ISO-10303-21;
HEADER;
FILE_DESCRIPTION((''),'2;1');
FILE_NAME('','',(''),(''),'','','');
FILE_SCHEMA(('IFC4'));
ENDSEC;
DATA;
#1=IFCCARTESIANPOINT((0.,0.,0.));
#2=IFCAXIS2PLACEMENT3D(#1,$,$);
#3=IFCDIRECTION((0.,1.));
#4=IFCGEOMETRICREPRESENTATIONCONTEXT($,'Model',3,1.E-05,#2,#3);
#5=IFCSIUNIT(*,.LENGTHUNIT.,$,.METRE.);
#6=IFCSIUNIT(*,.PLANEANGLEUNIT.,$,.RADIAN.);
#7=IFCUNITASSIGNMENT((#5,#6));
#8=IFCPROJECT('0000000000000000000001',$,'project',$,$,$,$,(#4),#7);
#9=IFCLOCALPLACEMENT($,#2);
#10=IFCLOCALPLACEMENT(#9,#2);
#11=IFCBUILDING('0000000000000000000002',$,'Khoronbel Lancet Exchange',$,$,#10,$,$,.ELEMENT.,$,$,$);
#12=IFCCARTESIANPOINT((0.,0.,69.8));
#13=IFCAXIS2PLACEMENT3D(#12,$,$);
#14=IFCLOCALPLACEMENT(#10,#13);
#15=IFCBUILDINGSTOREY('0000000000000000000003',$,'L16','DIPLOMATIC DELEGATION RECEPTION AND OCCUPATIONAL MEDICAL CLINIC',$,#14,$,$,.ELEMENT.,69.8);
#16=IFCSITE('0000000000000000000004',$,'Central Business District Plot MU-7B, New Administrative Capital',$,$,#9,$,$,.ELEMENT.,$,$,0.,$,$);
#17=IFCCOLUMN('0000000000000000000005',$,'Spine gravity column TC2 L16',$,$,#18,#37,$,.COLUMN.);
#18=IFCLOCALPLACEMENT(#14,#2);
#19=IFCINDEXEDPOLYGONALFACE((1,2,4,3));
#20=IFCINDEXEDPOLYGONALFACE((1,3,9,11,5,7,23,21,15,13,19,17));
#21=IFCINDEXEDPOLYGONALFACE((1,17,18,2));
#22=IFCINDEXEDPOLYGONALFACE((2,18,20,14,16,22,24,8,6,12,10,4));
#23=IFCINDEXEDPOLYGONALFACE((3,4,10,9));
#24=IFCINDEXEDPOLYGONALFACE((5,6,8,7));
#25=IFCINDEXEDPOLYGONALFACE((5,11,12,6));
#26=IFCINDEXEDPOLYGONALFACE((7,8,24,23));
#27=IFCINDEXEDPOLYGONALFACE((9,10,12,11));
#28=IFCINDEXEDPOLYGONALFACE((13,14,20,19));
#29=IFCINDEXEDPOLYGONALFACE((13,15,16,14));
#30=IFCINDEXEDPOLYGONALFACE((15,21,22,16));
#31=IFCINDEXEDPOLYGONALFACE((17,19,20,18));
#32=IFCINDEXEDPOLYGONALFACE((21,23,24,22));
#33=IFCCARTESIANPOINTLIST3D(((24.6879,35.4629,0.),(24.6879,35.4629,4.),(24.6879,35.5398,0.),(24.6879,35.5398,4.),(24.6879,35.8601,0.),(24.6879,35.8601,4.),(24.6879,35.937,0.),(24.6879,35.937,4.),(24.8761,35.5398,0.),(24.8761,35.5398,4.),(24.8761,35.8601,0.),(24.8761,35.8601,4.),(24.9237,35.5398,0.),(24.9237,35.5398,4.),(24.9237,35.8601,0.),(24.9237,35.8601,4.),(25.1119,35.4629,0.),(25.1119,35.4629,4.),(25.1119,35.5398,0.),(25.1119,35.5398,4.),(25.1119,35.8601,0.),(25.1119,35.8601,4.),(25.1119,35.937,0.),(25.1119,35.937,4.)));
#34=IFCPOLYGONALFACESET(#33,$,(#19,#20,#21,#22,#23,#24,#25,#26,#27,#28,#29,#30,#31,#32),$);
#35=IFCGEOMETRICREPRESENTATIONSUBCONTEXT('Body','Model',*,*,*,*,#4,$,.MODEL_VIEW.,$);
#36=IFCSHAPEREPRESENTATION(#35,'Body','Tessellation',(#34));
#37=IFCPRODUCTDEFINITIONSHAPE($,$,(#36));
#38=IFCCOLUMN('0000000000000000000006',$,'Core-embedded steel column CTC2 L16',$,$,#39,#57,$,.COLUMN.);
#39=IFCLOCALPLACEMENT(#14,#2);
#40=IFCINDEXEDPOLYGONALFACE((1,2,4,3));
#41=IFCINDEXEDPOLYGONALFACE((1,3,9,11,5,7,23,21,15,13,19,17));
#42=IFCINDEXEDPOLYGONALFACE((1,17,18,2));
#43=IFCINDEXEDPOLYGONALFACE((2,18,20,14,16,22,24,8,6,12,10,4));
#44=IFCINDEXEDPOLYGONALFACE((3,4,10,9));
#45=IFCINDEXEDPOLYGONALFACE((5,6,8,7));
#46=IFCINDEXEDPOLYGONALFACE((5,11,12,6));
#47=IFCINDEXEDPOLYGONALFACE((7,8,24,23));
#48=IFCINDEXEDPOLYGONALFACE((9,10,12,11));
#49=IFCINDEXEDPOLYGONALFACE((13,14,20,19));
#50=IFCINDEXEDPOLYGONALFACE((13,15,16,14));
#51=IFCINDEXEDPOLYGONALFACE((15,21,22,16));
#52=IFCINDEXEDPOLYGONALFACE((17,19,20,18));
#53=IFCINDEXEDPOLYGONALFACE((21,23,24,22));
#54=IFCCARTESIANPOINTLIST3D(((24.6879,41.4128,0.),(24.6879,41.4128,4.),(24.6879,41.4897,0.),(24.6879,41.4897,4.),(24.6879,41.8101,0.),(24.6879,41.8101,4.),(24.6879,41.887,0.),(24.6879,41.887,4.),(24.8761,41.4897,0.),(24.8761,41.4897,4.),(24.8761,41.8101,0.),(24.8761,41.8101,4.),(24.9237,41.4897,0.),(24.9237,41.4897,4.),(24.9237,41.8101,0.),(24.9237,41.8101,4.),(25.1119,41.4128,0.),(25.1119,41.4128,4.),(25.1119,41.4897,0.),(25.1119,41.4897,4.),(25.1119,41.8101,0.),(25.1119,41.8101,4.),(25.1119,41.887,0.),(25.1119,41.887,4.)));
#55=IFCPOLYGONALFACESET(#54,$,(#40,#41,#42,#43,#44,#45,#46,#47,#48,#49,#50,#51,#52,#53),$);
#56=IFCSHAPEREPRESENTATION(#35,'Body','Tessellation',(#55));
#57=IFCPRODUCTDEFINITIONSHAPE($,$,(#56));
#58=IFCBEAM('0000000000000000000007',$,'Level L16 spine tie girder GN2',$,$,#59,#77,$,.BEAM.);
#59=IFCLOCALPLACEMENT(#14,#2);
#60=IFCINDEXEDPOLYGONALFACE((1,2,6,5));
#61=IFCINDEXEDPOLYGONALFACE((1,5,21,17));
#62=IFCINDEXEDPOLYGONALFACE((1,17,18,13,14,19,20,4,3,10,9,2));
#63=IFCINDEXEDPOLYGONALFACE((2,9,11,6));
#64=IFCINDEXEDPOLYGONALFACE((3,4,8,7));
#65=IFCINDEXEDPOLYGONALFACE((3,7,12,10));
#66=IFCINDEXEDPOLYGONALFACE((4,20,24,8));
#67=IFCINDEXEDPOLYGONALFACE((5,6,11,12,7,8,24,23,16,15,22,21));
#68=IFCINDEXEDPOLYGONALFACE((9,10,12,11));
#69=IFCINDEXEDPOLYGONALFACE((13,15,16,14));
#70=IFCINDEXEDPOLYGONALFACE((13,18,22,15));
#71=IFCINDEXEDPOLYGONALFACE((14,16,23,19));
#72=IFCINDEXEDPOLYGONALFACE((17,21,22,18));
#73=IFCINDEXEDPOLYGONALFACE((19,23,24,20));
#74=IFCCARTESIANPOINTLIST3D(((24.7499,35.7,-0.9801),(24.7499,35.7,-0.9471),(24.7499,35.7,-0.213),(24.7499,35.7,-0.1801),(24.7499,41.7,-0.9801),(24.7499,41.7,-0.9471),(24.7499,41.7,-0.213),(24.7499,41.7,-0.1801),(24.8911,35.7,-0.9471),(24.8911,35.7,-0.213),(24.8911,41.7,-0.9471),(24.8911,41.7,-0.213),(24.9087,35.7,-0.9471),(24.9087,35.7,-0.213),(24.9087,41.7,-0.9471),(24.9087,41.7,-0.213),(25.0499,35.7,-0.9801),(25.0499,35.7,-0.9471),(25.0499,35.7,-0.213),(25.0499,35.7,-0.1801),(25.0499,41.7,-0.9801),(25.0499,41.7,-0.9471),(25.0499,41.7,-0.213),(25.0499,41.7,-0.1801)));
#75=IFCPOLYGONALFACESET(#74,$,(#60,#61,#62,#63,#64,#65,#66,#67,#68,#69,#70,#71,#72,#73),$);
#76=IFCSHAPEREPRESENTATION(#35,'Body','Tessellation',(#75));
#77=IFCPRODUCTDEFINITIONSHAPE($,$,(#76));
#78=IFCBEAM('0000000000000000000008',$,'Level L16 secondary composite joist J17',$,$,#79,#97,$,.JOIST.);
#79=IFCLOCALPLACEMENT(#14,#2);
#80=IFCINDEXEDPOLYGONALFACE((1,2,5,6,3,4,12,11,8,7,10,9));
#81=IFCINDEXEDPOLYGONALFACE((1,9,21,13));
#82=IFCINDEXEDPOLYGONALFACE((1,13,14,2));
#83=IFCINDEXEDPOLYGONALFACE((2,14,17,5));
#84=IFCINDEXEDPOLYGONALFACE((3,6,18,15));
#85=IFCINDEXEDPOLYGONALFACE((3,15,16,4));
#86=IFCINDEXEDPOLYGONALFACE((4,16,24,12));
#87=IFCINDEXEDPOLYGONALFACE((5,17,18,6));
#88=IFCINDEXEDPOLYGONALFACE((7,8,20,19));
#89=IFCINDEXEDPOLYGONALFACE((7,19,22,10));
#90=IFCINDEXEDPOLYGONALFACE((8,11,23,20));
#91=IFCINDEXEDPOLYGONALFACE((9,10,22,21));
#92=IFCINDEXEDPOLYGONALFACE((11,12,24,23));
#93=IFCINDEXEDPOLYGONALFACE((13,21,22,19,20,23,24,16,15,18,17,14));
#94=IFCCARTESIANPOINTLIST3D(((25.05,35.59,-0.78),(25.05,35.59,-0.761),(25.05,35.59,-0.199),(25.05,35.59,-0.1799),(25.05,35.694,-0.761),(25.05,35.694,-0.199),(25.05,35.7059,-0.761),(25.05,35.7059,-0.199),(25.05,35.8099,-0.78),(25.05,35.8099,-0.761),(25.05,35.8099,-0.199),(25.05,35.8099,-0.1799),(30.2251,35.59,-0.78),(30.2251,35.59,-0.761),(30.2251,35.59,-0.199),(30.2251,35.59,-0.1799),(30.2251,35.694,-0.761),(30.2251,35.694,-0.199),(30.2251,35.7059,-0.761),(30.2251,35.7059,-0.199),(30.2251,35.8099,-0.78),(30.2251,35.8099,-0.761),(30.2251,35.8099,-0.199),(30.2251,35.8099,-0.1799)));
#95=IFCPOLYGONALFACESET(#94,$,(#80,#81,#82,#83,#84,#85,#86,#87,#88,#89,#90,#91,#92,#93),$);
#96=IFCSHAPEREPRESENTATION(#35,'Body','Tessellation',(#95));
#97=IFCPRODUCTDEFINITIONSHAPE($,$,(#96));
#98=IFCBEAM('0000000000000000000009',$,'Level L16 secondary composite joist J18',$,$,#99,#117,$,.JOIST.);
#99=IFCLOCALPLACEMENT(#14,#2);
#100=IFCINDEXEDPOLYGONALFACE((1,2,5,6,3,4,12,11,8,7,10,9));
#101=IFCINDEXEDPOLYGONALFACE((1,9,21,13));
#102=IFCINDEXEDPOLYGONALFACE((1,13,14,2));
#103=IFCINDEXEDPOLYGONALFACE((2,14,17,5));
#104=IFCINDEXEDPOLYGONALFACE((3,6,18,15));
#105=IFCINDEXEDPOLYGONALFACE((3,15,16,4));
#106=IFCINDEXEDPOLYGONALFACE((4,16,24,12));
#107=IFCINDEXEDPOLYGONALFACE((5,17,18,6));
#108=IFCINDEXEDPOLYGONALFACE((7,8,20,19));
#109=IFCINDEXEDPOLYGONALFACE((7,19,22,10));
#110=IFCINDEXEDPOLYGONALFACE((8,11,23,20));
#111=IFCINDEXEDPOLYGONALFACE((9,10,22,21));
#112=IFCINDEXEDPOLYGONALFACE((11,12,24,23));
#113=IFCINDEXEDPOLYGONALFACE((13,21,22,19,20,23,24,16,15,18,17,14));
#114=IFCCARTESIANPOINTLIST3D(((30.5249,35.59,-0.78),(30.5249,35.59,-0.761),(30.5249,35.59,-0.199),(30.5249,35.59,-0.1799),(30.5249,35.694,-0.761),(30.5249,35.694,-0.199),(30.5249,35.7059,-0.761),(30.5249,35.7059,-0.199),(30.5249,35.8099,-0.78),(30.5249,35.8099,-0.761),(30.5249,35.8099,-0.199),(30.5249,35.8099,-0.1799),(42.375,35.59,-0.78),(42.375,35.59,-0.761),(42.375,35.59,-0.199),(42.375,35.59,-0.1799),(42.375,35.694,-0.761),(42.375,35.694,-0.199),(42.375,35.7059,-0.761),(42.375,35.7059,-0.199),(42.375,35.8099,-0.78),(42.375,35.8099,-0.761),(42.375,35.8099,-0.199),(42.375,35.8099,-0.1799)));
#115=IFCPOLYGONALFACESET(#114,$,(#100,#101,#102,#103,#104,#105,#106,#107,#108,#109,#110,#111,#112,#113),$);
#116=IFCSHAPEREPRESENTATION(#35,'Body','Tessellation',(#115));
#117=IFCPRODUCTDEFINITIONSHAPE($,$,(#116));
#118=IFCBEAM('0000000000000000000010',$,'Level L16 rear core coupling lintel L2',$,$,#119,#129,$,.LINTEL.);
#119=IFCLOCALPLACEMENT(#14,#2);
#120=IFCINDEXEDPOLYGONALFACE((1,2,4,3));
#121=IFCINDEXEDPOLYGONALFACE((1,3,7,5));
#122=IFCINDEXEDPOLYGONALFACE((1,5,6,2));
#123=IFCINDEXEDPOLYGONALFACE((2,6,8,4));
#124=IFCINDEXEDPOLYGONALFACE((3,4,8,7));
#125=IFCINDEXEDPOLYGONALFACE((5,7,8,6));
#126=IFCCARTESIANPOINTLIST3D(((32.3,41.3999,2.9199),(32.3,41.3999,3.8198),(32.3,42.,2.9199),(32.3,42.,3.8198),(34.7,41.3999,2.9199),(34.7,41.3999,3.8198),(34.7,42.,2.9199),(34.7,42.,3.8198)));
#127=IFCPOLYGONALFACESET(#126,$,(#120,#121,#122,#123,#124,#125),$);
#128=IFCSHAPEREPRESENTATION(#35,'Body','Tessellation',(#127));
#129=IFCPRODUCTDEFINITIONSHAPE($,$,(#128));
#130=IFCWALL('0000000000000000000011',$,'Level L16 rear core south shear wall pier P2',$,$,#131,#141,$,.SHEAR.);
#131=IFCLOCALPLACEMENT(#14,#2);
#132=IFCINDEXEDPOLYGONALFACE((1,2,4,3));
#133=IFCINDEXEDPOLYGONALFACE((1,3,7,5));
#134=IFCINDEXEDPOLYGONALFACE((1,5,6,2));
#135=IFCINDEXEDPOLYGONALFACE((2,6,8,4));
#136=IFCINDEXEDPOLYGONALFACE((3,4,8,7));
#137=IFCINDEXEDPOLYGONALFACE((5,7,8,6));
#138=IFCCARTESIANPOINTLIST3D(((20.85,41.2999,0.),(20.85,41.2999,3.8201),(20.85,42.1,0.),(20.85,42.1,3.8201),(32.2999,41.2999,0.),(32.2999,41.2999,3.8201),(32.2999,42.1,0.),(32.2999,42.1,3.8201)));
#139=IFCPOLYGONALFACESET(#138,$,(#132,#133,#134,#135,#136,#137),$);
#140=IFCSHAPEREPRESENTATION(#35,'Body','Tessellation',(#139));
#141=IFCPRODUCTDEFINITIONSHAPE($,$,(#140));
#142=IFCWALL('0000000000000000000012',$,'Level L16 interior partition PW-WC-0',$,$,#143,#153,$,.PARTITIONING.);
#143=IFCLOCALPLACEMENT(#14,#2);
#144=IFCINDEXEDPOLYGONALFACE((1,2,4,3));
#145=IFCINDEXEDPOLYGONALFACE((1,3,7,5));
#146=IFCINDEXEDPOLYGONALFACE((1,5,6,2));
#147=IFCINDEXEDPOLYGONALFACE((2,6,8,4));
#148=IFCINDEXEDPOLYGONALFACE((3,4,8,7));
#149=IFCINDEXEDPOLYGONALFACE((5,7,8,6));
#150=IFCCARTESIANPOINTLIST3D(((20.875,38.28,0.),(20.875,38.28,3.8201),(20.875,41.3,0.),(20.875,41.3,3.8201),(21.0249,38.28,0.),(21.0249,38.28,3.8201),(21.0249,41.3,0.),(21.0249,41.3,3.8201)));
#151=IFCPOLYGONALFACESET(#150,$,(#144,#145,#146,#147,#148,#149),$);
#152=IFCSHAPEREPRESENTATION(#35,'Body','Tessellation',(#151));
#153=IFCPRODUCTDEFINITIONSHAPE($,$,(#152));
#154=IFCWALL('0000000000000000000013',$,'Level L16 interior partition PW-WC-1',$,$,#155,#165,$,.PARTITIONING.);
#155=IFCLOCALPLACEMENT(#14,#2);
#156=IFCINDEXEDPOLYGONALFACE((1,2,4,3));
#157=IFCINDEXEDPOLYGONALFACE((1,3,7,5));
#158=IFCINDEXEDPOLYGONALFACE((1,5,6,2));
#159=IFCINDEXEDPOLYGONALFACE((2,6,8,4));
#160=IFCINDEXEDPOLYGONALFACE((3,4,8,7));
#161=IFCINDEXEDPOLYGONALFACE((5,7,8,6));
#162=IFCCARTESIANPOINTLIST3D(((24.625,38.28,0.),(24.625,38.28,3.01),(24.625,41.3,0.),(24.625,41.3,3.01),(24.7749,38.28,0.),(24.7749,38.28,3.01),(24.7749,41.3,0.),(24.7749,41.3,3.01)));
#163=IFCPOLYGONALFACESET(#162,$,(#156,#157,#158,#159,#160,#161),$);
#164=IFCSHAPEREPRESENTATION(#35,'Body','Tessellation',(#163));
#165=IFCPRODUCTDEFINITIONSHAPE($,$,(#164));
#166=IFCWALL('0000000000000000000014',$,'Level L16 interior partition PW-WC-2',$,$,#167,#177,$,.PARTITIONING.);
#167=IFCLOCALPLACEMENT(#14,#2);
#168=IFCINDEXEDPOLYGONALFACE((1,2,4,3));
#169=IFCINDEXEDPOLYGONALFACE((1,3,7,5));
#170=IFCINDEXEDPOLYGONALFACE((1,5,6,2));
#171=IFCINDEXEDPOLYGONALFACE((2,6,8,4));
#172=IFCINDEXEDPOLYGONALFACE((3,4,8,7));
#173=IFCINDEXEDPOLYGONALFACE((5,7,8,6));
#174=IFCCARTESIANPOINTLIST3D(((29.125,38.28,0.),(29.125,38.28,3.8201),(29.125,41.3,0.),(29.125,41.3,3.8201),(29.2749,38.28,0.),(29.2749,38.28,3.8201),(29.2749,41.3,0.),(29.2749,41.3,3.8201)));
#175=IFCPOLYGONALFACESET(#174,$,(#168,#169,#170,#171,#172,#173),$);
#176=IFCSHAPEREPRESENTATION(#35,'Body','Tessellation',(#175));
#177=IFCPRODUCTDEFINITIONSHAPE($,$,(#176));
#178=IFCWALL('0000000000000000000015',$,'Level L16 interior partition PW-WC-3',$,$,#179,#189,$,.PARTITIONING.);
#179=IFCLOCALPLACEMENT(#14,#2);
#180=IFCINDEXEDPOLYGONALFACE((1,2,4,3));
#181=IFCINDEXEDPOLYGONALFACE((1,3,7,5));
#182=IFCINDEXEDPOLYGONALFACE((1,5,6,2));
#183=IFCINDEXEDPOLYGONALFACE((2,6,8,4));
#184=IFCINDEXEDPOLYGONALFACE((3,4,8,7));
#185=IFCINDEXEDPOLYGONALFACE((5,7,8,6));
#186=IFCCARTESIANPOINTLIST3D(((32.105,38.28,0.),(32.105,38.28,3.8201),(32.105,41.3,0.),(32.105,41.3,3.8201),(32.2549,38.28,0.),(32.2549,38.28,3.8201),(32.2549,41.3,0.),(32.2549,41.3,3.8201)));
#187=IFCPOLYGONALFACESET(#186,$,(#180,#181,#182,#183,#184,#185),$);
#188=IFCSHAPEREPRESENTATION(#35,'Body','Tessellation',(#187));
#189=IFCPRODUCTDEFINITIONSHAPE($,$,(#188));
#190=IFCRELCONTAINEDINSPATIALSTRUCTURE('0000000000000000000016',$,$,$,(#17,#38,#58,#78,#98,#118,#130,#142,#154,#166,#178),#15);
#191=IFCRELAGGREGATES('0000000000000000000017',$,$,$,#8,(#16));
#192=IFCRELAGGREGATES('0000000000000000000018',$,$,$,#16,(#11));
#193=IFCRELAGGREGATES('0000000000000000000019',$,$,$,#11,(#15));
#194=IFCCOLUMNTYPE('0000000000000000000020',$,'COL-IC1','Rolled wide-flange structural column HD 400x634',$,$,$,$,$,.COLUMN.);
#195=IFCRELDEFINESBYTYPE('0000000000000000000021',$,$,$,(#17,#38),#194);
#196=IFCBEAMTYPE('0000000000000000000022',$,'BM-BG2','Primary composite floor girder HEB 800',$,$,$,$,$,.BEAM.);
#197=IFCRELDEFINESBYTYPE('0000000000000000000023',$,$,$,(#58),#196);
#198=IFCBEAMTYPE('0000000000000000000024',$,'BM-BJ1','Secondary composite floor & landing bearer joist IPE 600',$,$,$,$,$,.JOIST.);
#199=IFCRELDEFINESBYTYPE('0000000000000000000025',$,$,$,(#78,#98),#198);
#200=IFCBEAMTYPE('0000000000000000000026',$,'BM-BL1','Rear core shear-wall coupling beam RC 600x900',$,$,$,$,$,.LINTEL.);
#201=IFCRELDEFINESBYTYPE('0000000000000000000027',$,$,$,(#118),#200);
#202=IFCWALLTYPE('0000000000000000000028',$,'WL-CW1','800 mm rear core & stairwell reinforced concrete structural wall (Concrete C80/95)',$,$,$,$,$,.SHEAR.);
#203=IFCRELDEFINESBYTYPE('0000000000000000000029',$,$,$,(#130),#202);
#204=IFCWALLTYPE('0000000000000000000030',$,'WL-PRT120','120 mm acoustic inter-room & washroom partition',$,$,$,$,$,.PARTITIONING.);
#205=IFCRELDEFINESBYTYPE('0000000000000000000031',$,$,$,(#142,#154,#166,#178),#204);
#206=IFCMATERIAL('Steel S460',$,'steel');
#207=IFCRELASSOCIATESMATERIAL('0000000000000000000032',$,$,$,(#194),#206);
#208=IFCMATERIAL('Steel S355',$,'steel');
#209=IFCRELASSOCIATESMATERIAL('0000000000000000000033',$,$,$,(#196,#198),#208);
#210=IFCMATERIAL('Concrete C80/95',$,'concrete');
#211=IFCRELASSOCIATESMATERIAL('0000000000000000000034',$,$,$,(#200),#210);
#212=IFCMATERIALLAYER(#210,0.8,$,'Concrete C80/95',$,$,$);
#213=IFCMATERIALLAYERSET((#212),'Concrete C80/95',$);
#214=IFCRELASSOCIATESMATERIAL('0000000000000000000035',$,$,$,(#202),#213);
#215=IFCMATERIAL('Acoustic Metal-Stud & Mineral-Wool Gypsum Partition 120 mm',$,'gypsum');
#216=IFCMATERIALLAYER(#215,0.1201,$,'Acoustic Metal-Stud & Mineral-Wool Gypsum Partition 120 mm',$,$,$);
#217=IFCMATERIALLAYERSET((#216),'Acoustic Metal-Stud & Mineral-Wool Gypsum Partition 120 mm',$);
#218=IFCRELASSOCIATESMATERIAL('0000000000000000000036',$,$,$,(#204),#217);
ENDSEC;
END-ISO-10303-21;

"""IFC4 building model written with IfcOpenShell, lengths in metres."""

from ifc_helpers import new_model, si_unit, direction, frame, frame_2d, origin, origin_2d, place, context, subcontext, project, spatial, rectangle, i_section, extrude, material, layer, layer_set, material_profile, profile_set, type_object, element, save


model = new_model("IFC4")

# Units and contexts
model_context = context("Model", 3, precision=1e-05, world=origin(), true_north=direction((0.0, 1.0)))
body_context = subcontext(model_context, "Body", "Model", "MODEL_VIEW")
ifc_project = project(units=[si_unit("LENGTHUNIT", "METRE"), si_unit("PLANEANGLEUNIT", "RADIAN")], contexts=[model_context])

# Site, building, storey
site_placement = place(None, origin())
site = spatial("IfcSite", under=ifc_project, at=site_placement, Name="Central Business District Plot MU-7B, New Administrative Capital", CompositionType="ELEMENT", RefElevation=0.0)
building_placement = place(site_placement, origin())
building = spatial("IfcBuilding", under=site, at=building_placement, Name="Khoronbel Lancet Exchange", CompositionType="ELEMENT")
storey_placement = place(building_placement, frame((0.0, 0.0, 69.8)))
storey = spatial("IfcBuildingStorey", under=building, at=storey_placement, Name="L16", Description="DIPLOMATIC DELEGATION RECEPTION AND OCCUPATIONAL MEDICAL CLINIC", CompositionType="ELEMENT", Elevation=69.8)

# Columns
ifc_material_1 = material(Name="Steel S460", Category="steel")
ifc_material_profile_1 = material_profile(ifc_material_1, i_section(OverallWidth=0.4241, OverallDepth=0.4741, WebThickness=0.0476, FlangeThickness=0.0769, at=origin_2d()), Name="HD 400x634")
ifc_profile_set_1 = profile_set([ifc_material_profile_1], Name="Steel S460")
column_type = type_object("IfcColumnType", Name="COL-IC1", Description="Rolled wide-flange structural column HD 400x634", PredefinedType="COLUMN", material=ifc_profile_set_1)
for number, where, z_axis, x_axis, name in (
    (1, (24.8999, 35.7, 0.0), (0.0, 0.0, 1.0), (1.0, 0.0, 0.0), "Spine gravity column TC2 L16"),
    (2, (24.8999, 41.6499, 0.0), (0.0, 0.0, 1.0), (1.0, 0.0, 0.0), "Core-embedded steel column CTC2 L16"),
):
    element("IfcColumn", number, at=place(storey_placement, frame(where, z_axis=z_axis, x_axis=x_axis)), inside=storey, type_object=column_type, Name=name, PredefinedType="COLUMN", context=body_context, shape_type="SweptSolid", body=[
        extrude(i_section(OverallWidth=0.4241, OverallDepth=0.4741, WebThickness=0.0476, FlangeThickness=0.0769, at=origin_2d()), origin(), (0.0, 0.0, 1.0), 4.0),
    ])

# Beams
ifc_material_2 = material(Name="Steel S355", Category="steel")
ifc_material_profile_2 = material_profile(ifc_material_2, i_section(OverallWidth=0.3, OverallDepth=0.8, WebThickness=0.0176, FlangeThickness=0.033, at=origin_2d()), Name="HEB 800")
ifc_profile_set_2 = profile_set([ifc_material_profile_2], Name="Steel S355")
beam_type_1 = type_object("IfcBeamType", Name="BM-BG2", Description="Primary composite floor girder HEB 800", PredefinedType="BEAM", material=ifc_profile_set_2)
beam_1_placement = place(storey_placement, frame((24.8999, 35.7, -0.5801), z_axis=(0.0, 1.0, 0.0), x_axis=(-1.0, 0.0, 0.0)))
element("IfcBeam", 3, at=beam_1_placement, inside=storey, type_object=beam_type_1, Name="Level L16 spine tie girder GN2", PredefinedType="BEAM", context=body_context, shape_type="SweptSolid", body=[
    extrude(i_section(OverallWidth=0.3, OverallDepth=0.8, WebThickness=0.0176, FlangeThickness=0.033, at=origin_2d()), origin(), (0.0, 0.0, 1.0), 6.0),
])
ifc_material_profile_3 = material_profile(ifc_material_2, i_section(OverallWidth=0.22, OverallDepth=0.6001, WebThickness=0.012, FlangeThickness=0.019, at=origin_2d()), Name="IPE 600")
ifc_profile_set_3 = profile_set([ifc_material_profile_3], Name="Steel S355")
beam_type_2 = type_object("IfcBeamType", Name="BM-BJ1", Description="Secondary composite floor & landing bearer joist IPE 600", PredefinedType="JOIST", material=ifc_profile_set_3)
beam_2_placement = place(storey_placement, frame((25.05, 35.7, -0.48), z_axis=(1.0, 0.0, 0.0), x_axis=(0.0, 1.0, 0.0)))
element("IfcBeam", 4, at=beam_2_placement, inside=storey, type_object=beam_type_2, Name="Level L16 secondary composite joist J17", PredefinedType="JOIST", context=body_context, shape_type="SweptSolid", body=[
    extrude(i_section(OverallWidth=0.22, OverallDepth=0.6001, WebThickness=0.012, FlangeThickness=0.019, at=origin_2d()), origin(), (0.0, 0.0, 1.0), 5.175),
])
beam_3_placement = place(storey_placement, frame((30.5249, 35.7, -0.48), z_axis=(1.0, 0.0, 0.0), x_axis=(0.0, 1.0, 0.0)))
element("IfcBeam", 5, at=beam_3_placement, inside=storey, type_object=beam_type_2, Name="Level L16 secondary composite joist J18", PredefinedType="JOIST", context=body_context, shape_type="SweptSolid", body=[
    extrude(i_section(OverallWidth=0.22, OverallDepth=0.6001, WebThickness=0.012, FlangeThickness=0.019, at=origin_2d()), origin(), (0.0, 0.0, 1.0), 11.8501),
])
ifc_material_3 = material(Name="Concrete C80/95", Category="concrete")
ifc_material_profile_4 = material_profile(ifc_material_3, rectangle(XDim=0.6001, YDim=0.8999, at=origin_2d()), Name="RC 600x900")
ifc_profile_set_4 = profile_set([ifc_material_profile_4], Name="Concrete C80/95")
beam_type_3 = type_object("IfcBeamType", Name="BM-BL1", Description="Rear core shear-wall coupling beam RC 600x900", PredefinedType="LINTEL", material=ifc_profile_set_4)
beam_4_placement = place(storey_placement, frame((32.3, 41.7, 3.3699), z_axis=(1.0, 0.0, 0.0), x_axis=(0.0, 1.0, 0.0)))
element("IfcBeam", 6, at=beam_4_placement, inside=storey, type_object=beam_type_3, Name="Level L16 rear core coupling lintel L2", PredefinedType="LINTEL", context=body_context, shape_type="SweptSolid", body=[
    extrude(rectangle(XDim=0.6001, YDim=0.8999, at=origin_2d()), origin(), (0.0, 0.0, 1.0), 2.3999),
])

# Walls
ifc_layer_1 = layer(ifc_material_3, 0.8, Name="Concrete C80/95")
ifc_layer_set_1 = layer_set([ifc_layer_1], Name="Concrete C80/95")
wall_type_1 = type_object("IfcWallType", Name="WL-CW1", Description="800 mm rear core & stairwell reinforced concrete structural wall (Concrete C80/95)", PredefinedType="SHEAR", material=ifc_layer_set_1)
wall_1_placement = place(storey_placement, frame((32.3, 41.7, 0.0), z_axis=(0.0, 0.0, 1.0), x_axis=(-1.0, 0.0, 0.0)))
element("IfcWall", 7, at=wall_1_placement, inside=storey, type_object=wall_type_1, Name="Level L16 rear core south shear wall pier P2", PredefinedType="SHEAR", context=body_context, shape_type="SweptSolid", body=[
    extrude(rectangle(XDim=11.45, YDim=0.8, at=frame_2d((5.7251, 0.0))), origin(), (0.0, 0.0, 1.0), 3.8201),
])
ifc_material_4 = material(Name="Acoustic Metal-Stud & Mineral-Wool Gypsum Partition 120 mm", Category="gypsum")
ifc_layer_2 = layer(ifc_material_4, 0.1201, Name="Acoustic Metal-Stud & Mineral-Wool Gypsum Partition 120 mm")
ifc_layer_set_2 = layer_set([ifc_layer_2], Name="Acoustic Metal-Stud & Mineral-Wool Gypsum Partition 120 mm")
wall_type_2 = type_object("IfcWallType", Name="WL-PRT120", Description="120 mm acoustic inter-room & washroom partition", PredefinedType="PARTITIONING", material=ifc_layer_set_2)
wall_2_placement = place(storey_placement, frame((20.95, 38.28, 0.0), z_axis=(0.0, 0.0, 1.0), x_axis=(0.0, 1.0, 0.0)))
element("IfcWall", 8, at=wall_2_placement, inside=storey, type_object=wall_type_2, Name="Level L16 interior partition PW-WC-0", PredefinedType="PARTITIONING", context=body_context, shape_type="SweptSolid", body=[
    extrude(rectangle(XDim=3.02, YDim=0.1499, at=frame_2d((1.51, 0.0))), origin(), (0.0, 0.0, 1.0), 3.8201),
])
wall_3_placement = place(storey_placement, frame((24.7, 38.28, 0.0), z_axis=(0.0, 0.0, 1.0), x_axis=(0.0, 1.0, 0.0)))
element("IfcWall", 9, at=wall_3_placement, inside=storey, type_object=wall_type_2, Name="Level L16 interior partition PW-WC-1", PredefinedType="PARTITIONING", context=body_context, shape_type="SweptSolid", body=[
    extrude(rectangle(XDim=3.02, YDim=0.1499, at=frame_2d((1.51, 0.0))), origin(), (0.0, 0.0, 1.0), 3.01),
])
for number, where, z_axis, x_axis, name in (
    (10, (29.2, 38.28, 0.0), (0.0, 0.0, 1.0), (0.0, 1.0, 0.0), "Level L16 interior partition PW-WC-2"),
    (11, (32.1799, 38.28, 0.0), (0.0, 0.0, 1.0), (0.0, 1.0, 0.0), "Level L16 interior partition PW-WC-3"),
):
    element("IfcWall", number, at=place(storey_placement, frame(where, z_axis=z_axis, x_axis=x_axis)), inside=storey, type_object=wall_type_2, Name=name, PredefinedType="PARTITIONING", context=body_context, shape_type="SweptSolid", body=[
        extrude(rectangle(XDim=3.02, YDim=0.1499, at=frame_2d((1.51, 0.0))), origin(), (0.0, 0.0, 1.0), 3.8201),
    ])

save(model, "model.ifc")
